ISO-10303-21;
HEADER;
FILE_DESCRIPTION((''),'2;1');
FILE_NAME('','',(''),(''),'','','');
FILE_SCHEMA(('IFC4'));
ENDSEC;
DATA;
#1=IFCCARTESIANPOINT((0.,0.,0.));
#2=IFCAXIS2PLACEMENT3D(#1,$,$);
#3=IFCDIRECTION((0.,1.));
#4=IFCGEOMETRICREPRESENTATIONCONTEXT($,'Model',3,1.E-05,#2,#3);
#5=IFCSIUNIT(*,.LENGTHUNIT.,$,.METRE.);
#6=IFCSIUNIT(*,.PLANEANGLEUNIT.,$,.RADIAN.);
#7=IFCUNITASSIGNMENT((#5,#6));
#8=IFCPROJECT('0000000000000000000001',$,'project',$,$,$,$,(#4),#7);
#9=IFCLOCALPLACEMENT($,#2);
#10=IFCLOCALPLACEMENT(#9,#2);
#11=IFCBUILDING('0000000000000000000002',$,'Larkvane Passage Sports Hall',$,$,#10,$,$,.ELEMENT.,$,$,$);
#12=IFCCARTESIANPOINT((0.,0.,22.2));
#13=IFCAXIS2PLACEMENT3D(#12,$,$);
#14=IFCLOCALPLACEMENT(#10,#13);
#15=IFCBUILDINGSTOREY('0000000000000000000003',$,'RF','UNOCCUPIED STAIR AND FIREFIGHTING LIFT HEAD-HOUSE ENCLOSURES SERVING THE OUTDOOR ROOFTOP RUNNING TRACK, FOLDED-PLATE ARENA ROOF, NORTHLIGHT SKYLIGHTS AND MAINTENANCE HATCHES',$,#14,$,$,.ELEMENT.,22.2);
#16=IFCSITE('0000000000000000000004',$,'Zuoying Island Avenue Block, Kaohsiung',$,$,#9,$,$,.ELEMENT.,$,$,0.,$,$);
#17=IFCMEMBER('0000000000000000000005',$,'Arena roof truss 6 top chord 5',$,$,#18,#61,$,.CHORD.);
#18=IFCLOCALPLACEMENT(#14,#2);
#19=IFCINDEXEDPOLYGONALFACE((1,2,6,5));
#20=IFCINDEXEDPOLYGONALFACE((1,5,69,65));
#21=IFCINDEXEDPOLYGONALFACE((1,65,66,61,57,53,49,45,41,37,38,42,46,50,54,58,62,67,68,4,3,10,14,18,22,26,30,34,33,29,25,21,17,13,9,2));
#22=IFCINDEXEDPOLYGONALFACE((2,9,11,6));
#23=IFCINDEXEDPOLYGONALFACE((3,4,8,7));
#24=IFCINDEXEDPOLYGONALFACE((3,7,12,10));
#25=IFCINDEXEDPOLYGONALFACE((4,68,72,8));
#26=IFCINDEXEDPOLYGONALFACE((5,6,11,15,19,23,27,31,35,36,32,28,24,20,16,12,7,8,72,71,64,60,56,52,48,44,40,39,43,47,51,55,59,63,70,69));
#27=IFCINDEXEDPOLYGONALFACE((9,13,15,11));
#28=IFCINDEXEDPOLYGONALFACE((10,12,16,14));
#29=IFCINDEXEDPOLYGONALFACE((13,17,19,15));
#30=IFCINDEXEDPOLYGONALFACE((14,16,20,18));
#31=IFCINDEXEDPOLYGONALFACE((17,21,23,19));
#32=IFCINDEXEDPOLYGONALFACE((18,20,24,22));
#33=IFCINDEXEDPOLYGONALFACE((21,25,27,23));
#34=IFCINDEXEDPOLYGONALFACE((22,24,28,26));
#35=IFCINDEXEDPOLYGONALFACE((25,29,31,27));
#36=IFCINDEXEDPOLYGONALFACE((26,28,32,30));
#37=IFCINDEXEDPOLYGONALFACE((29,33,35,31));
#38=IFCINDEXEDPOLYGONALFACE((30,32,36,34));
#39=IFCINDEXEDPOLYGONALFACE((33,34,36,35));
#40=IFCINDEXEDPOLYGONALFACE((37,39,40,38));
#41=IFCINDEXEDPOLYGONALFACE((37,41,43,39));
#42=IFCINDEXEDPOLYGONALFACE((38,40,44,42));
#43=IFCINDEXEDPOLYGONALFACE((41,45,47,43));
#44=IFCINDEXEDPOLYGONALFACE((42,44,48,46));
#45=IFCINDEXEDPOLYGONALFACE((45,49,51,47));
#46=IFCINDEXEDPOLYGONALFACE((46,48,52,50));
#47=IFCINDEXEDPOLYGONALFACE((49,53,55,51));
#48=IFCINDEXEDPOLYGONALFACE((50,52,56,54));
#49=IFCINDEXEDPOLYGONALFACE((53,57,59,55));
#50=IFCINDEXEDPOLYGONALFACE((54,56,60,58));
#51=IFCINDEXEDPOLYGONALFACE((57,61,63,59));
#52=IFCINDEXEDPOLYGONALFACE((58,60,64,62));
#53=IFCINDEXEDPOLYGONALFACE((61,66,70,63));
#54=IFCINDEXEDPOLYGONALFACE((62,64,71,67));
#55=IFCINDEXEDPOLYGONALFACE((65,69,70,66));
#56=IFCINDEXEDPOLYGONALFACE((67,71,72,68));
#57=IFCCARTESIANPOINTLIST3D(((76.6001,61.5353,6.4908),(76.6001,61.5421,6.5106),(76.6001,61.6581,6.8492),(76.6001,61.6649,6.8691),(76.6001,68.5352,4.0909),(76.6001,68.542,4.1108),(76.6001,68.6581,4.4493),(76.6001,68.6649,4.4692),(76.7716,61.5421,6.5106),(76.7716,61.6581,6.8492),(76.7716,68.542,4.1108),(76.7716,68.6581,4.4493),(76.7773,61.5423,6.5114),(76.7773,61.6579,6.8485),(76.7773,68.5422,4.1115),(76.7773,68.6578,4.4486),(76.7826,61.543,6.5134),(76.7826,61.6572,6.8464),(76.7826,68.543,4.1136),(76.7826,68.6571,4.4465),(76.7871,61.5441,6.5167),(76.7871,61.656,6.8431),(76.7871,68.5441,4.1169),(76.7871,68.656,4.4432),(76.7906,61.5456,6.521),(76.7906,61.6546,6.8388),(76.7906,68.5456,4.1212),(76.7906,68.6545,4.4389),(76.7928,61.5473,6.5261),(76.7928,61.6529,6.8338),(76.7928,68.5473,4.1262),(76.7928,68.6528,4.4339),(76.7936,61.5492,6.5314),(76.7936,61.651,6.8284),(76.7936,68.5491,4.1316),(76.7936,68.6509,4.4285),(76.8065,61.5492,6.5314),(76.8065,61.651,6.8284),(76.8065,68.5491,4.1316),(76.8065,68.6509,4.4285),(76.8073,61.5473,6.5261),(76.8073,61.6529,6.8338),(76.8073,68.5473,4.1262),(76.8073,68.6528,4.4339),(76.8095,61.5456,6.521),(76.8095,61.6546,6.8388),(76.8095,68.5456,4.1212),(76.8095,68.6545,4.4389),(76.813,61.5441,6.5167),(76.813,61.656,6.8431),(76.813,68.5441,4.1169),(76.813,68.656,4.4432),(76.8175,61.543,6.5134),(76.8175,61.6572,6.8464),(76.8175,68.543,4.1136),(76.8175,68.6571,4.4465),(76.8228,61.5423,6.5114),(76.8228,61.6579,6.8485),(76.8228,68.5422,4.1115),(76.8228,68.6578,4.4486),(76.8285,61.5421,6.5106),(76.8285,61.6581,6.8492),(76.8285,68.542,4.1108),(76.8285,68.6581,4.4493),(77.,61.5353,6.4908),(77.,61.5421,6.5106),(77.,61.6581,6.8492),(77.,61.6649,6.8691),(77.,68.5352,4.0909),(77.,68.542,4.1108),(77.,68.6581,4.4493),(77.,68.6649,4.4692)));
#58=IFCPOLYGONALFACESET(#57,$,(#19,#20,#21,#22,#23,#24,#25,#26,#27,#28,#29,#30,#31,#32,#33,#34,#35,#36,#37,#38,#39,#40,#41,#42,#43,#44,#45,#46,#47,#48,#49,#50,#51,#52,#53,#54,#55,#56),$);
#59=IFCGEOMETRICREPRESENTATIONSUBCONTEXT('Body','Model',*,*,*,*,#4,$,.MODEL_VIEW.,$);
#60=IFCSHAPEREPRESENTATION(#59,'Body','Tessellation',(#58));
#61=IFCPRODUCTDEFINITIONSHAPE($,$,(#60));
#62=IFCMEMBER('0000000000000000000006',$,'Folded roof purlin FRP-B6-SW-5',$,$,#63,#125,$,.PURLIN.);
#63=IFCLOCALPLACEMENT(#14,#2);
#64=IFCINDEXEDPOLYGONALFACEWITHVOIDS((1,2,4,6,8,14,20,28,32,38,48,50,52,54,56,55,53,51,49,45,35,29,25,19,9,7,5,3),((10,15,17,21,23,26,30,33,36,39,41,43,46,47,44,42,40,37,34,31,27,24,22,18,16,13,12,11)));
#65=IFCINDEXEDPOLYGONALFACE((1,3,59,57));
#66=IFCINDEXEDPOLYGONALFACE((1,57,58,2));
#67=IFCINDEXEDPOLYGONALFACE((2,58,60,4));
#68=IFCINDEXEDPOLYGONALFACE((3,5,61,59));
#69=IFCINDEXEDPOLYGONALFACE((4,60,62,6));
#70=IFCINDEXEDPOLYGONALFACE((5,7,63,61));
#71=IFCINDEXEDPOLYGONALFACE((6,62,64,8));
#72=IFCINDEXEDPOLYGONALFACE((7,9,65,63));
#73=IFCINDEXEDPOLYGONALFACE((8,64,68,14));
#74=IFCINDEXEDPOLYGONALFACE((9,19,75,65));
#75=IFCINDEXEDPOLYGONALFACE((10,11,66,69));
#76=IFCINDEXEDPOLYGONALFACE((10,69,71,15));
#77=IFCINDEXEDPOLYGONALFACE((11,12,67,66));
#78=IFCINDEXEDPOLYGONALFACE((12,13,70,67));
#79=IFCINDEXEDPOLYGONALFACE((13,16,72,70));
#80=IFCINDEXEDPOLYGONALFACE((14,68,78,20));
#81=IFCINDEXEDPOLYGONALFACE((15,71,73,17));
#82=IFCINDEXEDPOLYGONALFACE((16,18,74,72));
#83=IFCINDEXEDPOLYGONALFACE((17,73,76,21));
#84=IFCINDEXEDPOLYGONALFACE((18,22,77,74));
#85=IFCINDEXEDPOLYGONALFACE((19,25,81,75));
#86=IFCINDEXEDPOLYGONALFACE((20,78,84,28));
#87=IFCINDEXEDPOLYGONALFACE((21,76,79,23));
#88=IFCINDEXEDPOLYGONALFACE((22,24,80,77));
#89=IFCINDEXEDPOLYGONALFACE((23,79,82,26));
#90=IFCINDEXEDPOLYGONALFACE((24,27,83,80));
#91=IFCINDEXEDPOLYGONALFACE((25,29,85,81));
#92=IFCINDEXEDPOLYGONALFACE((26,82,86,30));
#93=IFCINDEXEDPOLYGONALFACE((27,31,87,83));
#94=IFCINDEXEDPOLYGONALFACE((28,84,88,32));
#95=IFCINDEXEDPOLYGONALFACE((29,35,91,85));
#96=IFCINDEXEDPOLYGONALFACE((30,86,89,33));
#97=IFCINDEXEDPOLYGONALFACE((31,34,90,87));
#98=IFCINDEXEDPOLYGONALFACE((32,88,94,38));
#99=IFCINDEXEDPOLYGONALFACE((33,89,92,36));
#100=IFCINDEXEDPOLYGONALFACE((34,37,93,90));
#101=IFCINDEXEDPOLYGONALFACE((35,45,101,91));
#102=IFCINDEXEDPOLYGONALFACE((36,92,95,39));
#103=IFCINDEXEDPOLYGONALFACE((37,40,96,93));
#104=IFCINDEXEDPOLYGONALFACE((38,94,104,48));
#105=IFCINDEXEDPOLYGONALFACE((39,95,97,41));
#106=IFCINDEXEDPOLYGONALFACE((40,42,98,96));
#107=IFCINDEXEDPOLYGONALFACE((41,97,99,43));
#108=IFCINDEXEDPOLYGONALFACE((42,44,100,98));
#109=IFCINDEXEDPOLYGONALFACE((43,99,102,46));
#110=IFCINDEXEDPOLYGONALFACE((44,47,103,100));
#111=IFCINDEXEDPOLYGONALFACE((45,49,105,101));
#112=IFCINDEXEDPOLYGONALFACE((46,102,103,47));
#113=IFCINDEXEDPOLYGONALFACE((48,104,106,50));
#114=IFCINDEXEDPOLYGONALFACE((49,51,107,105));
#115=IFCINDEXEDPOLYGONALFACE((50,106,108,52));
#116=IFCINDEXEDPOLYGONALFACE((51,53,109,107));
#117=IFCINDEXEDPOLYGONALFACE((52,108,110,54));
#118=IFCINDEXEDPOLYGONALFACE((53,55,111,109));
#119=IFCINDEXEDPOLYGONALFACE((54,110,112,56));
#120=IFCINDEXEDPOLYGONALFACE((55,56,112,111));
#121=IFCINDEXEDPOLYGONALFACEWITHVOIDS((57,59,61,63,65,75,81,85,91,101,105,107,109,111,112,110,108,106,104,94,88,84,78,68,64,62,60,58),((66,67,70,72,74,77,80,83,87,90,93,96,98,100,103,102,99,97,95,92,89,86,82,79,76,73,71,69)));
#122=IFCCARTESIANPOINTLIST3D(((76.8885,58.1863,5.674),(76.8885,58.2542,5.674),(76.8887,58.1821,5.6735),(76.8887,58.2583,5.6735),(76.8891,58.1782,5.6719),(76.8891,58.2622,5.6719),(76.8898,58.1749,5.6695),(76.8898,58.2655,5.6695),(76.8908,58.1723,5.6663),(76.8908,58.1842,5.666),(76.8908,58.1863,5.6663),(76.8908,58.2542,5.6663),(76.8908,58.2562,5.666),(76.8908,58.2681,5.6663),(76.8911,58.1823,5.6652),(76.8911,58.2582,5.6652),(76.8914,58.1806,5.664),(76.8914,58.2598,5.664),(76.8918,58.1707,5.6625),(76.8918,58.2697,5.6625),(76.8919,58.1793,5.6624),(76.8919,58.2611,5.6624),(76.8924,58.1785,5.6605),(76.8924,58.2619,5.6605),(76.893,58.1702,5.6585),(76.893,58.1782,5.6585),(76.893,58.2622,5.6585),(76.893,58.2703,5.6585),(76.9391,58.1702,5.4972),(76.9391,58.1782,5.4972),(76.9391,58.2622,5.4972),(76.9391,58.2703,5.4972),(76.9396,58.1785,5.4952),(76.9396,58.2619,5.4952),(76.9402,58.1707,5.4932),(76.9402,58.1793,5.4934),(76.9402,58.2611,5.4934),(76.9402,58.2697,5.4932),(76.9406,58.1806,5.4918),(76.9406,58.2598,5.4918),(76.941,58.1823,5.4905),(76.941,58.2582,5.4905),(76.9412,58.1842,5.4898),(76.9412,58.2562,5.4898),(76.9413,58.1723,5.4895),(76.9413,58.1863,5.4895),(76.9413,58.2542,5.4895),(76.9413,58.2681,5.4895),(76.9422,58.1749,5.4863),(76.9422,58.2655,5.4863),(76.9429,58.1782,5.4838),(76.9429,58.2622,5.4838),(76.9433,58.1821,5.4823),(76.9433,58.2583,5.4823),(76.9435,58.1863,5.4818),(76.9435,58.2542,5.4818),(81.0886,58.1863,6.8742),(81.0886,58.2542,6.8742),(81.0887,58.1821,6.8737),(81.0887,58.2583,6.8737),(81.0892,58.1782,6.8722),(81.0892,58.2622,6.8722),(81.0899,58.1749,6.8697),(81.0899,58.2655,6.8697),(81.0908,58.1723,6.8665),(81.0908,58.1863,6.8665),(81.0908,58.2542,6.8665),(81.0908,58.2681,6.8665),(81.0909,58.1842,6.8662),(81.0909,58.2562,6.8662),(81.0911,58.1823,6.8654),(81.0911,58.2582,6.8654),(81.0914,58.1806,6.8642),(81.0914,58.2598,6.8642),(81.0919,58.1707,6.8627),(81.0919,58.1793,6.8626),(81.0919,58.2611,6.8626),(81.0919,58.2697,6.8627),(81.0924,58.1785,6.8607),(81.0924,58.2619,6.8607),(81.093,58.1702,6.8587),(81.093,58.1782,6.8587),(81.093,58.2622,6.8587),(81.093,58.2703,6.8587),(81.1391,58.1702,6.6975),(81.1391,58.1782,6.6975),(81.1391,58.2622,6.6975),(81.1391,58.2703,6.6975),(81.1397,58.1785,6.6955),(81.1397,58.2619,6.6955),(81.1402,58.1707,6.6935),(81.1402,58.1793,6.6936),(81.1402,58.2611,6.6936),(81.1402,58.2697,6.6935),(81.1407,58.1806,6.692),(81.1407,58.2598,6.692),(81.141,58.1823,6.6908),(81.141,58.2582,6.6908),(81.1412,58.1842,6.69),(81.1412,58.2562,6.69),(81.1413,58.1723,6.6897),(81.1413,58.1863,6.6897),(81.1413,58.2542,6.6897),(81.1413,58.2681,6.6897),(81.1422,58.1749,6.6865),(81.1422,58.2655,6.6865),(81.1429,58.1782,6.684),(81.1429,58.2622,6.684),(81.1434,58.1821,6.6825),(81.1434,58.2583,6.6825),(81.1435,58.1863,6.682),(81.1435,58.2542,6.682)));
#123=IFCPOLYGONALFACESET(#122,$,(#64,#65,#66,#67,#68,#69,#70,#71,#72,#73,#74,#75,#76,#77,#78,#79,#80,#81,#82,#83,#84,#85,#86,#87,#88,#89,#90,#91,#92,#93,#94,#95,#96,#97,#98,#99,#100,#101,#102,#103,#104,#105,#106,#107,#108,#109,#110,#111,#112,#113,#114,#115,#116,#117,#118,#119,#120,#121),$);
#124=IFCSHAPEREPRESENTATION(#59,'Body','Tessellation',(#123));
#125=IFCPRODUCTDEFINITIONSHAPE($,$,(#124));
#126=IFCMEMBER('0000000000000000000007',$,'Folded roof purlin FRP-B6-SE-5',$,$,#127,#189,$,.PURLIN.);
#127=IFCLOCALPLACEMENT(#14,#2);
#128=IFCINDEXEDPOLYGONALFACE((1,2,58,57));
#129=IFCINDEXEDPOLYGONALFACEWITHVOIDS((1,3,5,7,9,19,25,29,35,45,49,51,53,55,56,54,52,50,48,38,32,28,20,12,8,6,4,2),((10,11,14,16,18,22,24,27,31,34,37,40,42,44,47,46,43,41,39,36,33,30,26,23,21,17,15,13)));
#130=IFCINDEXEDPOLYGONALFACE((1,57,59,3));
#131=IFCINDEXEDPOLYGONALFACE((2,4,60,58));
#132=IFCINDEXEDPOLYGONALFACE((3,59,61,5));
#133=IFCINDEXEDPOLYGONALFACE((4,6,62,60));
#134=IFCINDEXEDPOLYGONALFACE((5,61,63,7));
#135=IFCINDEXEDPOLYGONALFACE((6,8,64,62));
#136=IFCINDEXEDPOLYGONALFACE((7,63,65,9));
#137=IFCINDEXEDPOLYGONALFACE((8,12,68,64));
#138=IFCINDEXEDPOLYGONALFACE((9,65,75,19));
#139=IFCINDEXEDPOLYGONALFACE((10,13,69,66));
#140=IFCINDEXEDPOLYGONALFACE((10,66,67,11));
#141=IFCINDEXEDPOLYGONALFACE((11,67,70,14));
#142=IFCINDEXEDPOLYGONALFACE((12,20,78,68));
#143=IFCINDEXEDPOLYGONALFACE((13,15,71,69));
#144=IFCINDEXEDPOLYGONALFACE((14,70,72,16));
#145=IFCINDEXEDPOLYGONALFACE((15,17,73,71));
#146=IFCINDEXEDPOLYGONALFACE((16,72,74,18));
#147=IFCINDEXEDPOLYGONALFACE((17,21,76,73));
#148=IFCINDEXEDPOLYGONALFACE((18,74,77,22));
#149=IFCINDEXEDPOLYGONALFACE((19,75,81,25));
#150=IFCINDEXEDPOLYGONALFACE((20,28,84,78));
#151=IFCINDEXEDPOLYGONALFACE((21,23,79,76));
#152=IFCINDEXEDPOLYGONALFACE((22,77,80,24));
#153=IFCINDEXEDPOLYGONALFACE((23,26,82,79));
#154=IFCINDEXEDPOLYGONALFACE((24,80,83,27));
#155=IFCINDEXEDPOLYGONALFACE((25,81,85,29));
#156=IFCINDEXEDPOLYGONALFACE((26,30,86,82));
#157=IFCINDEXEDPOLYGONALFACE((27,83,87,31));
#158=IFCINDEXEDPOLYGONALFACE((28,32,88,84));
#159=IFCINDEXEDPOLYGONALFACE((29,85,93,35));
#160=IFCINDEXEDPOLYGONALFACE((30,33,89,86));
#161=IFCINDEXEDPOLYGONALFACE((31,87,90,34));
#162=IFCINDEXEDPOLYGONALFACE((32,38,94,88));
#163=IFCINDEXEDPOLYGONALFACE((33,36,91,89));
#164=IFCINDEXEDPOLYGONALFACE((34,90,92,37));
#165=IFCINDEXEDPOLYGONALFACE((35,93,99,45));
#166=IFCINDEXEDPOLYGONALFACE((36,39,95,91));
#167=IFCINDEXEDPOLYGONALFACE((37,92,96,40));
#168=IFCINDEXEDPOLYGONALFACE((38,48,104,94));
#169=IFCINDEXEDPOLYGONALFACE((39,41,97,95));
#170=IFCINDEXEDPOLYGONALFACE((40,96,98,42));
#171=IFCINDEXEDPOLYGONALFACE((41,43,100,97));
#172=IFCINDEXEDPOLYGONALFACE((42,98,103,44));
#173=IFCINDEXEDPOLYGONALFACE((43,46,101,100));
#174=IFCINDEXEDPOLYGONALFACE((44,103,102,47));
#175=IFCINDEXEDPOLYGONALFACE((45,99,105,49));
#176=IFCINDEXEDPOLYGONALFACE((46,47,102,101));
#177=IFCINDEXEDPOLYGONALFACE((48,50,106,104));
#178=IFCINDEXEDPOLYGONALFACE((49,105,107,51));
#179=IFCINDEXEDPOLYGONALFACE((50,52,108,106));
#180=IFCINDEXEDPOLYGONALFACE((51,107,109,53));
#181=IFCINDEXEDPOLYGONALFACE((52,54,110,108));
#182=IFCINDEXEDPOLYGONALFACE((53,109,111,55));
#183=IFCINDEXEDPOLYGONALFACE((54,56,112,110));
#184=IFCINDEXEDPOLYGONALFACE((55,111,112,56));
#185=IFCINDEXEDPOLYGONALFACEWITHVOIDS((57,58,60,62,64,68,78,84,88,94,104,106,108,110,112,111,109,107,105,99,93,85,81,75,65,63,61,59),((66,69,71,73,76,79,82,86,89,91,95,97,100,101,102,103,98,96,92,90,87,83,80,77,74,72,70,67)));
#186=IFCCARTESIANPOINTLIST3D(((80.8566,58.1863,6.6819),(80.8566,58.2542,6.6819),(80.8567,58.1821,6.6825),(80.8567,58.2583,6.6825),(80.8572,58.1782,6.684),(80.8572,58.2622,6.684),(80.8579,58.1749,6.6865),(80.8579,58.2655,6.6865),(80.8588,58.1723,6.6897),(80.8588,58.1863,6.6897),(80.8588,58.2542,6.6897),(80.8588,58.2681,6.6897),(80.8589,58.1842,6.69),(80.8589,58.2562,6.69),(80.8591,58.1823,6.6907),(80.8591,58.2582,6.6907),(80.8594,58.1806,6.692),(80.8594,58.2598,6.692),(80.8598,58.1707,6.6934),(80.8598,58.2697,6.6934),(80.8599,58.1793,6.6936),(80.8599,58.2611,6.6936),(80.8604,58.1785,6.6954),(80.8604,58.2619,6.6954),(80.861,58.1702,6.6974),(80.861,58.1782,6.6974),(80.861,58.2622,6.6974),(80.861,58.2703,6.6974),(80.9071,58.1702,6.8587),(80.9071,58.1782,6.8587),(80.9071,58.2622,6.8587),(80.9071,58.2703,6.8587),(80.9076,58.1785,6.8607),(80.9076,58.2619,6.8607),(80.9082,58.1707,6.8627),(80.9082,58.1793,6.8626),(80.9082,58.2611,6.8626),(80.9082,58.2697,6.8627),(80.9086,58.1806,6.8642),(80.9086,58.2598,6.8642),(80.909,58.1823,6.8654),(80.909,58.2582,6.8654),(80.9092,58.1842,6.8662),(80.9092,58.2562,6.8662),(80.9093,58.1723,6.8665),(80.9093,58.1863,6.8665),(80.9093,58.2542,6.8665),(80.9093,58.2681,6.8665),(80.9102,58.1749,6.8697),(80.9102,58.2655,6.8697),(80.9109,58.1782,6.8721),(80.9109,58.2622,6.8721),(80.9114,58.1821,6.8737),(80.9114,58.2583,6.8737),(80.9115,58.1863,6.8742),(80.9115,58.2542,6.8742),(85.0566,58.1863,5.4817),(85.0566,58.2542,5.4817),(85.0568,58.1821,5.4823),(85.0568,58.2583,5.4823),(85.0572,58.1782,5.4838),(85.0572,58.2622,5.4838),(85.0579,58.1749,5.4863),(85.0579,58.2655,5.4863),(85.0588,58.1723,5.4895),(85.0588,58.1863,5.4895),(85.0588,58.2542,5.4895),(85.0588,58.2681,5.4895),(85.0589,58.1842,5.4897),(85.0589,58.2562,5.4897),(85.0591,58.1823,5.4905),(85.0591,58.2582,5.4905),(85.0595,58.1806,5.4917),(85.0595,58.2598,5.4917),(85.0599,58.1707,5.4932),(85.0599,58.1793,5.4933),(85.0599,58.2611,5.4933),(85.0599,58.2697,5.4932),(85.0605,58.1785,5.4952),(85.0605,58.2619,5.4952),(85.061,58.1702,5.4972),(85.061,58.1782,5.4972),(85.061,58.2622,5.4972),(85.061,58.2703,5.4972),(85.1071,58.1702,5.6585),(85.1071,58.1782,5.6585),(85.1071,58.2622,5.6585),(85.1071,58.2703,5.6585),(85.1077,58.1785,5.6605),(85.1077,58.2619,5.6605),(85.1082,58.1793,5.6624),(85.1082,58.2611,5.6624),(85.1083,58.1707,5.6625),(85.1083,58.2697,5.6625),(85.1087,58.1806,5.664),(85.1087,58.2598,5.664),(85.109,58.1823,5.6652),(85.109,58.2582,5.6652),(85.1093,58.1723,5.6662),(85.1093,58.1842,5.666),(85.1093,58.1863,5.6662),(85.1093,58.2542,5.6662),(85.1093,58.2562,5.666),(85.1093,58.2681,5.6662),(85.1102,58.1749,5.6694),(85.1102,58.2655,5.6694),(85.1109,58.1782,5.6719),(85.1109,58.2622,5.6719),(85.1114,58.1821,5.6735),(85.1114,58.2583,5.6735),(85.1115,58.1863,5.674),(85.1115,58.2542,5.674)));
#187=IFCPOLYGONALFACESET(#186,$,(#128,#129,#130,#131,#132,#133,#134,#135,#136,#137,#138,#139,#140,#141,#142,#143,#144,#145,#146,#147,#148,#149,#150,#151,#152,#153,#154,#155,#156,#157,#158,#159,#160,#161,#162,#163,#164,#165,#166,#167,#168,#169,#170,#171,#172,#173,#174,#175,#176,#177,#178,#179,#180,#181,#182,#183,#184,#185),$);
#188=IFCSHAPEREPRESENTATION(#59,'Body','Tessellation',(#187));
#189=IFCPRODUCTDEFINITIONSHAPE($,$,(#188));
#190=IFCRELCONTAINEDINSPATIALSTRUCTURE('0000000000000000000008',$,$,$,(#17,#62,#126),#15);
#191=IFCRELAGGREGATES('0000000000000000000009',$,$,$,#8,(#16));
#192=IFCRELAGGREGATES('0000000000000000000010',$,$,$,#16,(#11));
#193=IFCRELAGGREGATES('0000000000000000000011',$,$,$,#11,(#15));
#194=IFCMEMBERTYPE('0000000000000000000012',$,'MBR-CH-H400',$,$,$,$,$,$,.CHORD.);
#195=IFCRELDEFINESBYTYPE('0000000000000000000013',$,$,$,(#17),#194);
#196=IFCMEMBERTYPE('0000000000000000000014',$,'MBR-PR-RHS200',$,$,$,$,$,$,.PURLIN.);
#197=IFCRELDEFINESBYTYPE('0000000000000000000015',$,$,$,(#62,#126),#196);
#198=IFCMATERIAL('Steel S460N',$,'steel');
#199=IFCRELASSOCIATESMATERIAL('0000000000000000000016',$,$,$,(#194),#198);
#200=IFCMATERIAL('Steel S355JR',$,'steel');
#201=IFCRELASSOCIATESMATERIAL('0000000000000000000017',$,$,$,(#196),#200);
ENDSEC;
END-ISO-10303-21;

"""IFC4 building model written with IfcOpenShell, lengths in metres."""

from ifc_helpers import new_model, si_unit, direction, frame, origin, origin_2d, place, context, subcontext, project, spatial, hollow_rectangle, i_section, extrude, material, material_profile, profile_set, type_object, element, save


model = new_model("IFC4")

# Units and contexts
model_context = context("Model", 3, precision=1e-05, world=origin(), true_north=direction((0.0, 1.0)))
body_context = subcontext(model_context, "Body", "Model", "MODEL_VIEW")
ifc_project = project(units=[si_unit("LENGTHUNIT", "METRE"), si_unit("PLANEANGLEUNIT", "RADIAN")], contexts=[model_context])

# Site, building, storey
site_placement = place(None, origin())
site = spatial("IfcSite", under=ifc_project, at=site_placement, Name="Zuoying Island Avenue Block, Kaohsiung", CompositionType="ELEMENT", RefElevation=0.0)
building_placement = place(site_placement, origin())
building = spatial("IfcBuilding", under=site, at=building_placement, Name="Larkvane Passage Sports Hall", CompositionType="ELEMENT")
storey_placement = place(building_placement, frame((0.0, 0.0, 22.2)))
storey = spatial("IfcBuildingStorey", under=building, at=storey_placement, Name="RF", Description="UNOCCUPIED STAIR AND FIREFIGHTING LIFT HEAD-HOUSE ENCLOSURES SERVING THE OUTDOOR ROOFTOP RUNNING TRACK, FOLDED-PLATE ARENA ROOF, NORTHLIGHT SKYLIGHTS AND MAINTENANCE HATCHES", CompositionType="ELEMENT", Elevation=22.2)

# Members
ifc_material_1 = material(Name="Steel S355JR", Category="steel")
ifc_material_2 = material(Name="Steel S460N", Category="steel")
ifc_material_profile_1 = material_profile(ifc_material_2, i_section(OverallWidth=0.3999, OverallDepth=0.3999, WebThickness=0.0129, FlangeThickness=0.021, FilletRadius=0.022, at=origin_2d()), Name="H-400x400x13x21")
ifc_profile_set_1 = profile_set([ifc_material_profile_1], Name="Steel S460N")
member_type_1 = type_object("IfcMemberType", Name="MBR-CH-H400", PredefinedType="CHORD", material=ifc_profile_set_1)
member_1_placement = place(storey_placement, frame((76.8, 61.6001, 6.6799), z_axis=(0.0, 0.94595, -0.324313), x_axis=(-1.0, 0.0, 0.0)))
element("IfcMember", 1, at=member_1_placement, inside=storey, type_object=member_type_1, Name="Arena roof truss 6 top chord 5", PredefinedType="CHORD", context=body_context, shape_type="SweptSolid", body=[
    extrude(i_section(OverallWidth=0.3999, OverallDepth=0.3999, WebThickness=0.0129, FlangeThickness=0.021, FilletRadius=0.022, at=origin_2d()), origin(), (0.0, 0.0, 1.0), 7.3999),
])
ifc_material_profile_2 = material_profile(ifc_material_1, hollow_rectangle(XDim=0.1001, YDim=0.2, WallThickness=0.0081, InnerFilletRadius=0.0081, OuterFilletRadius=0.0161, at=origin_2d()), Name="RHS-200x100x8")
ifc_profile_set_2 = profile_set([ifc_material_profile_2], Name="Steel S355JR")
member_type_2 = type_object("IfcMemberType", Name="MBR-PR-RHS200", PredefinedType="PURLIN", material=ifc_profile_set_2)
for number, where, z_axis, x_axis, name in (
    (2, (76.916, 58.2202, 5.5779), (0.961511, 0.0, 0.274765), (0.0, 1.0, 0.0), "Folded roof purlin FRP-B6-SW-5"),
    (3, (80.884, 58.2202, 6.7781), (0.961511, 0.0, -0.274765), (0.0, 1.0, 0.0), "Folded roof purlin FRP-B6-SE-5"),
):
    element("IfcMember", number, at=place(storey_placement, frame(where, z_axis=z_axis, x_axis=x_axis)), inside=storey, type_object=member_type_2, Name=name, PredefinedType="PURLIN", context=body_context, shape_type="SweptSolid", body=[
        extrude(hollow_rectangle(XDim=0.1001, YDim=0.2, WallThickness=0.0081, InnerFilletRadius=0.0081, OuterFilletRadius=0.0161, at=origin_2d()), origin(), (0.0, 0.0, 1.0), 4.3682),
    ])

save(model, "model.ifc")
